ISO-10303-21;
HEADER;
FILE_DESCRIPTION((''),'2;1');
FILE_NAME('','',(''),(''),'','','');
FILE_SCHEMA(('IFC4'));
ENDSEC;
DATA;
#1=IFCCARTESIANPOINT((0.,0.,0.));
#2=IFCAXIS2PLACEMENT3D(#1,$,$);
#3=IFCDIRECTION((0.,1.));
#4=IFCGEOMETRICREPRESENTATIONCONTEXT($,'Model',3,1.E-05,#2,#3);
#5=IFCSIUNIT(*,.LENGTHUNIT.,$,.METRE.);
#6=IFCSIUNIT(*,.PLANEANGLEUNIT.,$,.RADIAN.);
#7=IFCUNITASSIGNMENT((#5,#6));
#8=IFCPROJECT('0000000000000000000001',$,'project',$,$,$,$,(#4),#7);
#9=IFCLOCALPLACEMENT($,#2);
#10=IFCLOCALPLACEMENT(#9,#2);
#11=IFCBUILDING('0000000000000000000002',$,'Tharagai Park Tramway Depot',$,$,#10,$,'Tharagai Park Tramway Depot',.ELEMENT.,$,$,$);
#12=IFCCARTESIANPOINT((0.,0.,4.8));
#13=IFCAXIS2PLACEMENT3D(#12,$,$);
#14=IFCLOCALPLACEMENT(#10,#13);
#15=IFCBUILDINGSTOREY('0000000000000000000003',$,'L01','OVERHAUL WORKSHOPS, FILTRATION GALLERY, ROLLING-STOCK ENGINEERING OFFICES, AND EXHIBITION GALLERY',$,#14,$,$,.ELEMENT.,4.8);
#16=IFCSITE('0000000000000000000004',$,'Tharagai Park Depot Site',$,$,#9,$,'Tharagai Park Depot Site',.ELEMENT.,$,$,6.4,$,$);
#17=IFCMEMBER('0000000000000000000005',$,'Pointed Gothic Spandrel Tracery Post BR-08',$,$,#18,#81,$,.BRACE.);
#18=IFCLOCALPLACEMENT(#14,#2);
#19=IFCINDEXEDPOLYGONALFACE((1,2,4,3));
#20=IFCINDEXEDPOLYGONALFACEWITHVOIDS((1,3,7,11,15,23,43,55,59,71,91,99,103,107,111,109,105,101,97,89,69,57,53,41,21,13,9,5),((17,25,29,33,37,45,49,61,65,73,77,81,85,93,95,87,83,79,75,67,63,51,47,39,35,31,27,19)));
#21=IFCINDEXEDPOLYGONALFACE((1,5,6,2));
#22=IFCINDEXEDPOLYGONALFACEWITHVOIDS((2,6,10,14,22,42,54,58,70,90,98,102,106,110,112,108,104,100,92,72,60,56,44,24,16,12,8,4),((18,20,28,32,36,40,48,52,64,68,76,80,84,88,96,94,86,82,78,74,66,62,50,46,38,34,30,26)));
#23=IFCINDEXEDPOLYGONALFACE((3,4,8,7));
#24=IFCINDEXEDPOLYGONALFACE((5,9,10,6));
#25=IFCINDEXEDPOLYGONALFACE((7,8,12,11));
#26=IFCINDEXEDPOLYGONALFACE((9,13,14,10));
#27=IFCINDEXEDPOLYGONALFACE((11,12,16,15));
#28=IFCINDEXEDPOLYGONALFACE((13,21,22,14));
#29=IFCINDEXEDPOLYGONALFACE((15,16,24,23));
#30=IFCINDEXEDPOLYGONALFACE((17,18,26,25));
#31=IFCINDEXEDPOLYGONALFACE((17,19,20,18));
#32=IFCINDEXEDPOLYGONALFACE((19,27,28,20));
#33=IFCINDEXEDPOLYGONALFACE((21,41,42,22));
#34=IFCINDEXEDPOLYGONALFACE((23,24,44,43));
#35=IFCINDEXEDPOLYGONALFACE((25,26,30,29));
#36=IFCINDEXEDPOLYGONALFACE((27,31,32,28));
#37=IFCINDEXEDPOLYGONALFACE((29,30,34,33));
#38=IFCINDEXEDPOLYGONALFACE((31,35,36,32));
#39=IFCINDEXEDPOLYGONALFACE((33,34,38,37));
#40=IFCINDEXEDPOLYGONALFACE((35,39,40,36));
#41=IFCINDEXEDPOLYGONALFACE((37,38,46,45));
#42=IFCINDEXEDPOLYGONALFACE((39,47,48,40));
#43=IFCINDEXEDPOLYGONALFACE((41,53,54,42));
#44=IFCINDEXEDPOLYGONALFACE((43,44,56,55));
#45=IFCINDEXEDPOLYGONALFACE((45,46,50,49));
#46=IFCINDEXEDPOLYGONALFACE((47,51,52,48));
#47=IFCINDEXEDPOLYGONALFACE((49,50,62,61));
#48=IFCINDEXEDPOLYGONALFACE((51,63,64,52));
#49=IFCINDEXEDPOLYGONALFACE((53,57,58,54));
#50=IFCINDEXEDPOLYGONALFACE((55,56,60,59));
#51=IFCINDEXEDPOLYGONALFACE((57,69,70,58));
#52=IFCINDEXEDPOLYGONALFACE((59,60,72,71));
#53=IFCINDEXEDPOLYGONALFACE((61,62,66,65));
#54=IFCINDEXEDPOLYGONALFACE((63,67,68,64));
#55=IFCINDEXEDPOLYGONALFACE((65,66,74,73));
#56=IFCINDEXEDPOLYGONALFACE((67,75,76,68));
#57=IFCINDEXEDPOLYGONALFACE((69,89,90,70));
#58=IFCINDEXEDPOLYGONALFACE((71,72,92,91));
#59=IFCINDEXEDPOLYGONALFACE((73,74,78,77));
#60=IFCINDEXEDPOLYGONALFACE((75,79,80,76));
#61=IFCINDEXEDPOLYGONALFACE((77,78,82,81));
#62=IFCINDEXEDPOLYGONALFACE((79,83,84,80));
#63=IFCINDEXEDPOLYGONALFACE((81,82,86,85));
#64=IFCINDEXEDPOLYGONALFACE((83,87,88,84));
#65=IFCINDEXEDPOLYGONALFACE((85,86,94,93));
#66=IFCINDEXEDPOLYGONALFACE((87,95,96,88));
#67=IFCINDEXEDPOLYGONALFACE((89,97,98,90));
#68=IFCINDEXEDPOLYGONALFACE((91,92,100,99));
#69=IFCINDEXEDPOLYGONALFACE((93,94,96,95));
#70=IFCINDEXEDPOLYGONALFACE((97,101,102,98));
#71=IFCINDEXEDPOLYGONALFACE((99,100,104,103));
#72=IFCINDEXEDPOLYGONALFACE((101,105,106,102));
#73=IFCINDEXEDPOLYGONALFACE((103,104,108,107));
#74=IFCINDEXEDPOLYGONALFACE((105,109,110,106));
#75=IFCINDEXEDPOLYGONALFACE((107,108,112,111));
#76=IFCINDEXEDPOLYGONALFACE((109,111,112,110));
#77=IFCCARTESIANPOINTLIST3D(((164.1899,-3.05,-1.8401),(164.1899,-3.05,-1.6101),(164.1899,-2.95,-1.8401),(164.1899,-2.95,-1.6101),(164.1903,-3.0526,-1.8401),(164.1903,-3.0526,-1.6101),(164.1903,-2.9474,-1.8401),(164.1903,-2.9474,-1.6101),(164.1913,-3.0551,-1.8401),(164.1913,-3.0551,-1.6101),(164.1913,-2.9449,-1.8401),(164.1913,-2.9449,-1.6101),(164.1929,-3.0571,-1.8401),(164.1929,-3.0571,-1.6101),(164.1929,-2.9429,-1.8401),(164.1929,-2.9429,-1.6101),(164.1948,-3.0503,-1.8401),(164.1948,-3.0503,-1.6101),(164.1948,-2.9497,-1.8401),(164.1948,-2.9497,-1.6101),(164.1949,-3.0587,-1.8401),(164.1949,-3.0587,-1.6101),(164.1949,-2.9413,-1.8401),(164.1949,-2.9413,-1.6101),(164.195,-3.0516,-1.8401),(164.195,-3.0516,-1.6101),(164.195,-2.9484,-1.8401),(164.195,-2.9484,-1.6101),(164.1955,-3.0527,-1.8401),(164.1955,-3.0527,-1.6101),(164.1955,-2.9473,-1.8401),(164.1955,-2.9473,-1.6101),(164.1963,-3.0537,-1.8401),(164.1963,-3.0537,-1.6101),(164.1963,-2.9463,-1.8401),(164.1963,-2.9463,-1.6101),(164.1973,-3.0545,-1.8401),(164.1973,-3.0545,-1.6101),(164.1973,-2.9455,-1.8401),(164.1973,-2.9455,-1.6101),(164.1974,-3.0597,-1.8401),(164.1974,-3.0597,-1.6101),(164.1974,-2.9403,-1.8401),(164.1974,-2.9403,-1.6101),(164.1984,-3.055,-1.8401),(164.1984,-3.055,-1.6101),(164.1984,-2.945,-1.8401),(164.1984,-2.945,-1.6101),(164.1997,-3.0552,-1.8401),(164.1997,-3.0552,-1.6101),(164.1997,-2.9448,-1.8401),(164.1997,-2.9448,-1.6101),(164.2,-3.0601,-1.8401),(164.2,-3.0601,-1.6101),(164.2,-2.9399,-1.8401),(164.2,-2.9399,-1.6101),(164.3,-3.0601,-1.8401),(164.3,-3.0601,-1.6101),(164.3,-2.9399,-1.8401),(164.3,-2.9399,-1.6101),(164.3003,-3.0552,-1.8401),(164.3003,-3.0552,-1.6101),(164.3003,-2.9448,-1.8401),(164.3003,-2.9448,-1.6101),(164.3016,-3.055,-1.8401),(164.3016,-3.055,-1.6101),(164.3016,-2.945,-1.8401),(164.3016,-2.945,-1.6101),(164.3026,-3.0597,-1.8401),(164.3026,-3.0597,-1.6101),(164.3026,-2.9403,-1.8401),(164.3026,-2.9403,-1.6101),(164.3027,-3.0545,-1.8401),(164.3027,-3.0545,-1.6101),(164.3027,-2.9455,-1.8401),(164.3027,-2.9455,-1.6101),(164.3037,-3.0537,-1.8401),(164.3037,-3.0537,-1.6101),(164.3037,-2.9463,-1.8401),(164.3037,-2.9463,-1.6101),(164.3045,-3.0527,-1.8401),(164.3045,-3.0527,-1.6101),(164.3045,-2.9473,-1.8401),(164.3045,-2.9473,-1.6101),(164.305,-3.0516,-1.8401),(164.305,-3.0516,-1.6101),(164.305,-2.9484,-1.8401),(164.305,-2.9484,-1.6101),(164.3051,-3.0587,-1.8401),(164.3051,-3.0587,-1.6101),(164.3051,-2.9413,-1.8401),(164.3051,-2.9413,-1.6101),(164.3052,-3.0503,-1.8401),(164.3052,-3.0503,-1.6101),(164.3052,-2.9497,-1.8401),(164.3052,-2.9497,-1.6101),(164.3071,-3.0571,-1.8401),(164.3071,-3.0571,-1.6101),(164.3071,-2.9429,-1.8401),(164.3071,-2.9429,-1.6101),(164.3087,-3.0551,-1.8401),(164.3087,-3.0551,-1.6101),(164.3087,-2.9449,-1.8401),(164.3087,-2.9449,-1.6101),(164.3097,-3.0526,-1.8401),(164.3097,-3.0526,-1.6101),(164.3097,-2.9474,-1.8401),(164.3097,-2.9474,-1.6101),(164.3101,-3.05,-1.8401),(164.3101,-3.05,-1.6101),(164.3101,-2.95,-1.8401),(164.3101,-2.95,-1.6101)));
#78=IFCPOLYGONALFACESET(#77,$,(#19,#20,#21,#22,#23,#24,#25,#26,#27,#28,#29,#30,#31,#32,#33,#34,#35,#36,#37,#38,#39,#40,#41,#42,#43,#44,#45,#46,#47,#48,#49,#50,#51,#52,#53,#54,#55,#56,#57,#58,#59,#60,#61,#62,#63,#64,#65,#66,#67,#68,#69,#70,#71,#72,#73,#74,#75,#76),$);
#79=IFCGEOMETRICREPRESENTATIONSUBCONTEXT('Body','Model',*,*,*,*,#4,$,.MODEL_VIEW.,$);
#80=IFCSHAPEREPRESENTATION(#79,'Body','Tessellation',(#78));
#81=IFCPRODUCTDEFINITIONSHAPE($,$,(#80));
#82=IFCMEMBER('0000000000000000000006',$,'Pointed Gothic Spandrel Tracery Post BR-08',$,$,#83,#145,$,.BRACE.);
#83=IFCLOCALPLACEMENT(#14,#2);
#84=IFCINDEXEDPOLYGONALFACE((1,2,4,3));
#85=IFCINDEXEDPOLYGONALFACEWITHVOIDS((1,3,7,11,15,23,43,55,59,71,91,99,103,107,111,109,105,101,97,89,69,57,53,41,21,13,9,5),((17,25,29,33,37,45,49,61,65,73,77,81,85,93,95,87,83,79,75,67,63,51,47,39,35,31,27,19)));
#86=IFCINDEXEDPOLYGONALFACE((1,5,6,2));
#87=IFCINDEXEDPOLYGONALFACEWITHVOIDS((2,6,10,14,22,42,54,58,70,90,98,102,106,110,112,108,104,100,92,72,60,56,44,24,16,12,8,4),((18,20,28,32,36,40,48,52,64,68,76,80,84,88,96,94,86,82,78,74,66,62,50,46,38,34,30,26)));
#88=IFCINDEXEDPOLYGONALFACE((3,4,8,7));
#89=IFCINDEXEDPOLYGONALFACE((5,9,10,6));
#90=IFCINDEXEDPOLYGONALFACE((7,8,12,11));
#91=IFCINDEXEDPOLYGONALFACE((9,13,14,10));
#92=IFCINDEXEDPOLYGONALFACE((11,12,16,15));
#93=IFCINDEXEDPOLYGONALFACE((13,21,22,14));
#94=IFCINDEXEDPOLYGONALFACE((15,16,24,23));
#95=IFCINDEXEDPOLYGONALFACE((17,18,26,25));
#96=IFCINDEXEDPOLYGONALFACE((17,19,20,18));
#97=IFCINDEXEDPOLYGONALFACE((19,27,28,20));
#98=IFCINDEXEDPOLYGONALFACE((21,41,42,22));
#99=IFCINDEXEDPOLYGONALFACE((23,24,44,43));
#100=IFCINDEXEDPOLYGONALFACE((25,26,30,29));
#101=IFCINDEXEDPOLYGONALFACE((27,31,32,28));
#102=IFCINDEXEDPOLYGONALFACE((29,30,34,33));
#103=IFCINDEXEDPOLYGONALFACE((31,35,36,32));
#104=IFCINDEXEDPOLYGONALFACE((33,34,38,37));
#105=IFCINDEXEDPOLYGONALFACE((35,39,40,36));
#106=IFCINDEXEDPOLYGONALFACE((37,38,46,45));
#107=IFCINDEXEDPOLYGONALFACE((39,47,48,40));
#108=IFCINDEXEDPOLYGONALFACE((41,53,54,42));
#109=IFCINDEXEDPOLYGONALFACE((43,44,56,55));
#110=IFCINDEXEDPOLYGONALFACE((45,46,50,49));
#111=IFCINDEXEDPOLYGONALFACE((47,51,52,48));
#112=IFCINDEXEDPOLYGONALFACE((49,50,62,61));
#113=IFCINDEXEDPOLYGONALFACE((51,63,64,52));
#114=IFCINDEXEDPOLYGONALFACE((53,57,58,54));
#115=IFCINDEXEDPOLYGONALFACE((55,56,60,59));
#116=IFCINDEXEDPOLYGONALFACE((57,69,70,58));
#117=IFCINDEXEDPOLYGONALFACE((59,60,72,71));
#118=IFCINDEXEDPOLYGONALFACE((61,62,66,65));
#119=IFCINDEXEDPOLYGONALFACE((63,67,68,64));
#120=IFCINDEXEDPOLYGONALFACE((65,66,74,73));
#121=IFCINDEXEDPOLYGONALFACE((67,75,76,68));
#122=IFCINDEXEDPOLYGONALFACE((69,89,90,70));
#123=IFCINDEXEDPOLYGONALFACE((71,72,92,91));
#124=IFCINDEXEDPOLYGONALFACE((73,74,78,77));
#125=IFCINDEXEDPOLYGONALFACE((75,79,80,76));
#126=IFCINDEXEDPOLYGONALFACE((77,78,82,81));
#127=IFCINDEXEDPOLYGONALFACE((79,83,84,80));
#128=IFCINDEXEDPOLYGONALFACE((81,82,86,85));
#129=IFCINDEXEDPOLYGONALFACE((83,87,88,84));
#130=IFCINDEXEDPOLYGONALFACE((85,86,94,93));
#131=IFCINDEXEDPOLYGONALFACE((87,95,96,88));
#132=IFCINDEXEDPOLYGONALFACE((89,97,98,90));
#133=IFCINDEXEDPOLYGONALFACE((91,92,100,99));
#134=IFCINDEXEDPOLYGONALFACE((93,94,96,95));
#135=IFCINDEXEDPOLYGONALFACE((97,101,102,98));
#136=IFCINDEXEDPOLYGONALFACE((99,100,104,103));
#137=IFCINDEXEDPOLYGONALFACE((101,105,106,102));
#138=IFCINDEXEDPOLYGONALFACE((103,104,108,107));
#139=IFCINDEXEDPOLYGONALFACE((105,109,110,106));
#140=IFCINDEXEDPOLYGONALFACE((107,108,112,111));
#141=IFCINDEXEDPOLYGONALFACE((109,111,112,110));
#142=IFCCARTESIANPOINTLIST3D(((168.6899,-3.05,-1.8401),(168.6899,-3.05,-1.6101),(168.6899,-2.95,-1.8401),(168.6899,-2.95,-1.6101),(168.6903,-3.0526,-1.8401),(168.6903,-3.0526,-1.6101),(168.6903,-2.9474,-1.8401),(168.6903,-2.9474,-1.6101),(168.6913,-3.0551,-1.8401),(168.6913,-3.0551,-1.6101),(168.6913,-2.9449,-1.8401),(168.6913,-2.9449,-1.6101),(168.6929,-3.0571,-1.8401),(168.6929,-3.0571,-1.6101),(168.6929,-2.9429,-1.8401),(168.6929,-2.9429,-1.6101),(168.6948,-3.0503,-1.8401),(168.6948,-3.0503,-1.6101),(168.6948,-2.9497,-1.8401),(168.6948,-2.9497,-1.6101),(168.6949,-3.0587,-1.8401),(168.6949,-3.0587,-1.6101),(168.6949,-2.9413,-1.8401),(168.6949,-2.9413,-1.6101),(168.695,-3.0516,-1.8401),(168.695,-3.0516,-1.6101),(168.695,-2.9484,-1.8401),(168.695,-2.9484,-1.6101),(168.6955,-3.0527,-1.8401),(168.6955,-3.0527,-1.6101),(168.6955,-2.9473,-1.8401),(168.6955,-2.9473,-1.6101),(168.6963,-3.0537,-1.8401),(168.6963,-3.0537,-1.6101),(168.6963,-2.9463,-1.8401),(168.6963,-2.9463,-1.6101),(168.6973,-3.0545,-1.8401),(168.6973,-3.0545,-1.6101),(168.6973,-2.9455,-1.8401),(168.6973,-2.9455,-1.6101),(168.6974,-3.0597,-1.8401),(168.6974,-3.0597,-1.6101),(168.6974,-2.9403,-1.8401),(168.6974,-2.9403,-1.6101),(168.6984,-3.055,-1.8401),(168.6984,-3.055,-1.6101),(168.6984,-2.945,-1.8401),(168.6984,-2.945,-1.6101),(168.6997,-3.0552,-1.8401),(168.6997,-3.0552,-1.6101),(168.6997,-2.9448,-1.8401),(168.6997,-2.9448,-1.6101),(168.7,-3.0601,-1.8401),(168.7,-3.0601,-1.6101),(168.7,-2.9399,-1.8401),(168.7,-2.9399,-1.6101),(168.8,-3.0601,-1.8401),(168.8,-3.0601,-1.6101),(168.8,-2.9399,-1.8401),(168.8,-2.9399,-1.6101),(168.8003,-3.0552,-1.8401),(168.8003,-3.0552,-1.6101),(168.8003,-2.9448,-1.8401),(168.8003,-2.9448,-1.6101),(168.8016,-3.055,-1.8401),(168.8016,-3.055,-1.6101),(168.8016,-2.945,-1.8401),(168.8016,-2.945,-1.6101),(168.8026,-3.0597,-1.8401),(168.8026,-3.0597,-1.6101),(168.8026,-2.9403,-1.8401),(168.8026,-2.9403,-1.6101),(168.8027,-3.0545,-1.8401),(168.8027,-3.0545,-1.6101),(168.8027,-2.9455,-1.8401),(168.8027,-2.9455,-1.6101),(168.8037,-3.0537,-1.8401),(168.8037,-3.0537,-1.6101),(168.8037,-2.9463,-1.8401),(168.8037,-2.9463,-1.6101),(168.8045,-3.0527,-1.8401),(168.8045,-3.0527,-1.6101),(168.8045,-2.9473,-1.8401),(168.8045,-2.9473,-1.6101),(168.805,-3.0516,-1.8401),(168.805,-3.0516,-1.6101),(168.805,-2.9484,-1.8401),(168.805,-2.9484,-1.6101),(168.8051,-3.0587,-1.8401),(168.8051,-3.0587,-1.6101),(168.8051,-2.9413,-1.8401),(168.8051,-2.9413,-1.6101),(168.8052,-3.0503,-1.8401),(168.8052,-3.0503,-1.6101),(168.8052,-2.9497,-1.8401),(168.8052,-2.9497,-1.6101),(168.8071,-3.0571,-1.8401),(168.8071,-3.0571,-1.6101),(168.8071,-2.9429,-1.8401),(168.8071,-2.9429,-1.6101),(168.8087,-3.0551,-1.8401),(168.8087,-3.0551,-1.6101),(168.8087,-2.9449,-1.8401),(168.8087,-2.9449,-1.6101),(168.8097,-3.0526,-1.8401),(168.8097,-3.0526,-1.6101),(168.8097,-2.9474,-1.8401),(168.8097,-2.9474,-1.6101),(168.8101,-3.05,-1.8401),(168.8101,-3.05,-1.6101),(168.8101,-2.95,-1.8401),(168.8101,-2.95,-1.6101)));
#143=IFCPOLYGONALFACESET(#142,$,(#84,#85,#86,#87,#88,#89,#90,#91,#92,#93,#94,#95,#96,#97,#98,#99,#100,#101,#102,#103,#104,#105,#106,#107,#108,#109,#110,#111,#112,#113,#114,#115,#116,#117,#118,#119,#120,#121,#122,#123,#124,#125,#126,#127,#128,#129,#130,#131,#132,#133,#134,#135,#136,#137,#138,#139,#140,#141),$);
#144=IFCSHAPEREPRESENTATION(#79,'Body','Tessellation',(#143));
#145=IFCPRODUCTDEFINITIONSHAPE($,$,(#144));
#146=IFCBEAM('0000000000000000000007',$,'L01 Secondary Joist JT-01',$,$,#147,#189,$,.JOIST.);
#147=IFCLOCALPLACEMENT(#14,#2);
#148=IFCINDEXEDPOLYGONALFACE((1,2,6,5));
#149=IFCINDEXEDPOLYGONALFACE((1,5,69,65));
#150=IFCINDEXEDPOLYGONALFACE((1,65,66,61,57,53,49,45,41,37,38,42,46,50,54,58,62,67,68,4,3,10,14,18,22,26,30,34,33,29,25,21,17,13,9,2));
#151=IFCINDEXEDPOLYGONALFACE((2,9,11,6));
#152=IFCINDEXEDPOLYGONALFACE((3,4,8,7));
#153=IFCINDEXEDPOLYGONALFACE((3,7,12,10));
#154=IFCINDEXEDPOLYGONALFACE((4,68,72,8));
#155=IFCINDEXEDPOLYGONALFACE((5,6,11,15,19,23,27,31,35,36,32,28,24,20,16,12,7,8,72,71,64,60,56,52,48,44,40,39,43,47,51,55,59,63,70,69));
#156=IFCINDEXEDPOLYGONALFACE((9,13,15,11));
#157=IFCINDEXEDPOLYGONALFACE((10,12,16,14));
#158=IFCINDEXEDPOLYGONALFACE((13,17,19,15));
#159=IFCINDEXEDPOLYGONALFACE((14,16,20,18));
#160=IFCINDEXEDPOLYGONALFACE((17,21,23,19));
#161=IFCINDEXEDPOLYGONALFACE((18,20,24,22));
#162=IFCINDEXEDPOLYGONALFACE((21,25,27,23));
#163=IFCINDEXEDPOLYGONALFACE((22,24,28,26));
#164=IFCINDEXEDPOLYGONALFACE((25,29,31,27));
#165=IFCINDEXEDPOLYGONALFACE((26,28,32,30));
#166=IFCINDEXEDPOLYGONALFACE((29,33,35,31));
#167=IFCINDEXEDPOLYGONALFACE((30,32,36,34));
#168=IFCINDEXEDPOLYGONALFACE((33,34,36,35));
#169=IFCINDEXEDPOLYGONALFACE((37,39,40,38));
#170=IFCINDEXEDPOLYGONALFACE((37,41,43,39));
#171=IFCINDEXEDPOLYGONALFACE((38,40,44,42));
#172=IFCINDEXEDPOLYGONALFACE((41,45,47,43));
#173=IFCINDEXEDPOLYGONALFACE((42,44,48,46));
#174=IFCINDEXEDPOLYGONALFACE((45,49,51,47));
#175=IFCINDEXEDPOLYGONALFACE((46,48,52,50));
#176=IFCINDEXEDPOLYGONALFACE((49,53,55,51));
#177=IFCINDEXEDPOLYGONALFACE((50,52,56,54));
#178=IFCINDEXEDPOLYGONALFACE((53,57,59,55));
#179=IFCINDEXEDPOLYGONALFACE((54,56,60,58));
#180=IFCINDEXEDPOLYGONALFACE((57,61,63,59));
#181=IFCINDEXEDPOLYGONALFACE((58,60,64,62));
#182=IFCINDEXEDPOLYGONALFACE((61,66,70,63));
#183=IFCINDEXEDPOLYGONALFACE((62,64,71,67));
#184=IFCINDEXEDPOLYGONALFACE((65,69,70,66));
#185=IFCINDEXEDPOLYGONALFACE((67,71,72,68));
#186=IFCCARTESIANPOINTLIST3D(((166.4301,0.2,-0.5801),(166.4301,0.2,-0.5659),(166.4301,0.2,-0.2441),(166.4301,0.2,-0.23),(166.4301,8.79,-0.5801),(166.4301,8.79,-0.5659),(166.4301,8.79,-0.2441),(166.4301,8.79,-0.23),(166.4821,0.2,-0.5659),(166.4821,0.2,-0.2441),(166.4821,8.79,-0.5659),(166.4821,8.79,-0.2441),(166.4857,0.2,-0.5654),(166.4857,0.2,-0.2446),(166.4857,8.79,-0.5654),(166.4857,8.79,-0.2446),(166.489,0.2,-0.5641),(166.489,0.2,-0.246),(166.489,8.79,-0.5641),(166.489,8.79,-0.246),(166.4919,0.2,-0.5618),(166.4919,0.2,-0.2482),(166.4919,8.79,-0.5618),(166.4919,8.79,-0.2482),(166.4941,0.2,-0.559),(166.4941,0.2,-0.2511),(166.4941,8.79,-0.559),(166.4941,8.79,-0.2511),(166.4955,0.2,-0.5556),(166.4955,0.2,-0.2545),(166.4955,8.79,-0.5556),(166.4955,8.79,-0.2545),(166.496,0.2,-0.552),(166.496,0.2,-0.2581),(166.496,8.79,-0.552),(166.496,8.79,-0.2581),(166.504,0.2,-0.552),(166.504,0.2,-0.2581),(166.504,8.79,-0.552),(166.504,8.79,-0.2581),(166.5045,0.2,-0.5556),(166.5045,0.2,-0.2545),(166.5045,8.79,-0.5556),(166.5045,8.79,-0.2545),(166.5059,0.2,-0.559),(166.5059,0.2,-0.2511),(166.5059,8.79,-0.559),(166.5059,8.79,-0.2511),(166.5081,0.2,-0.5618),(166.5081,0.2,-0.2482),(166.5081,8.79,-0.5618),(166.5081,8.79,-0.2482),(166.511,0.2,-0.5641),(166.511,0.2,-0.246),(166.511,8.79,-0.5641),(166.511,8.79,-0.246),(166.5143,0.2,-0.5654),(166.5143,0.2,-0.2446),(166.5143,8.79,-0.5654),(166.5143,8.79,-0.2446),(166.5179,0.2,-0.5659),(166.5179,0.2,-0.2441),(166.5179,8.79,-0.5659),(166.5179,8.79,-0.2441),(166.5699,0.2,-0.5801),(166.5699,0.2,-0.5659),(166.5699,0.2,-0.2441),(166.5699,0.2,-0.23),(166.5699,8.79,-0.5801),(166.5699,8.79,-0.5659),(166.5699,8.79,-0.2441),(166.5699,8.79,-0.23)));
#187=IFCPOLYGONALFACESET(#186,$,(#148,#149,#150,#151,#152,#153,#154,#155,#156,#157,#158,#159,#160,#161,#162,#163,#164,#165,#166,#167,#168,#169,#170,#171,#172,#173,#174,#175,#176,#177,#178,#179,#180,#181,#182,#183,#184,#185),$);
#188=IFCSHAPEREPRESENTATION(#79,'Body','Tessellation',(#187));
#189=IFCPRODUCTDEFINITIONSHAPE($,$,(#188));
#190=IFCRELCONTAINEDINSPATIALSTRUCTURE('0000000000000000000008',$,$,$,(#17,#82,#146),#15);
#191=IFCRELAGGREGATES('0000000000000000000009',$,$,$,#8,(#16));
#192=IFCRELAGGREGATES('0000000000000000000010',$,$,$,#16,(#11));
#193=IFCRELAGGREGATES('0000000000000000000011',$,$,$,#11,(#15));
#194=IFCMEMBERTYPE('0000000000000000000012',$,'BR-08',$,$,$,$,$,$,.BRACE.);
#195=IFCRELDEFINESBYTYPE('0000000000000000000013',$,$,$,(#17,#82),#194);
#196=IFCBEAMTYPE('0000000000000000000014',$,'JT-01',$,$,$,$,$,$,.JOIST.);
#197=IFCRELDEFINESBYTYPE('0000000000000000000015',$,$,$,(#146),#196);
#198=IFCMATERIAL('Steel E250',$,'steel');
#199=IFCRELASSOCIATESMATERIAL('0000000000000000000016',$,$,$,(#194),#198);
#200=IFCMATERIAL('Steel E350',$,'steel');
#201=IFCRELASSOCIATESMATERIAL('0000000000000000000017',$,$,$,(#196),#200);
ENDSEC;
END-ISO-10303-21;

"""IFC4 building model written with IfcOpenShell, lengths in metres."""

from ifc_helpers import new_model, si_unit, direction, frame, origin, origin_2d, place, context, subcontext, project, spatial, hollow_rectangle, i_section, extrude, material, material_profile, profile_set, type_object, element, save


model = new_model("IFC4")

# Units and contexts
model_context = context("Model", 3, precision=1e-05, world=origin(), true_north=direction((0.0, 1.0)))
body_context = subcontext(model_context, "Body", "Model", "MODEL_VIEW")
ifc_project = project(units=[si_unit("LENGTHUNIT", "METRE"), si_unit("PLANEANGLEUNIT", "RADIAN")], contexts=[model_context])

# Site, building, storey
site_placement = place(None, origin())
site = spatial("IfcSite", under=ifc_project, at=site_placement, Name="Tharagai Park Depot Site", LongName="Tharagai Park Depot Site", CompositionType="ELEMENT", RefElevation=6.4)
building_placement = place(site_placement, origin())
building = spatial("IfcBuilding", under=site, at=building_placement, Name="Tharagai Park Tramway Depot", LongName="Tharagai Park Tramway Depot", CompositionType="ELEMENT")
storey_placement = place(building_placement, frame((0.0, 0.0, 4.8)))
storey = spatial("IfcBuildingStorey", under=building, at=storey_placement, Name="L01", Description="OVERHAUL WORKSHOPS, FILTRATION GALLERY, ROLLING-STOCK ENGINEERING OFFICES, AND EXHIBITION GALLERY", CompositionType="ELEMENT", Elevation=4.8)

# Members
ifc_material_1 = material(Name="Steel E250", Category="steel")
ifc_material_profile_1 = material_profile(ifc_material_1, hollow_rectangle(XDim=0.1201, YDim=0.1201, WallThickness=0.0049, InnerFilletRadius=0.0049, OuterFilletRadius=0.01, at=origin_2d()), Name="SHS 120x120x5")
ifc_profile_set_1 = profile_set([ifc_material_profile_1], Name="Steel E250")
member_type_1 = type_object("IfcMemberType", Name="BR-08", PredefinedType="BRACE", material=ifc_profile_set_1)
for number, where, z_axis, x_axis, name in (
    (1, (164.25, -3.0, -1.8401), (0.0, 0.0, 1.0), (1.0, 0.0, 0.0), "Pointed Gothic Spandrel Tracery Post BR-08"),
    (2, (168.75, -3.0, -1.8401), (0.0, 0.0, 1.0), (1.0, 0.0, 0.0), "Pointed Gothic Spandrel Tracery Post BR-08"),
):
    element("IfcMember", number, at=place(storey_placement, frame(where, z_axis=z_axis, x_axis=x_axis)), inside=storey, type_object=member_type_1, Name=name, PredefinedType="BRACE", context=body_context, shape_type="SweptSolid", body=[
        extrude(hollow_rectangle(XDim=0.1201, YDim=0.1201, WallThickness=0.0049, InnerFilletRadius=0.0049, OuterFilletRadius=0.01, at=origin_2d()), origin(), (0.0, 0.0, 1.0), 0.23),
    ])

# Beam
ifc_material_2 = material(Name="Steel E350", Category="steel")
ifc_material_profile_2 = material_profile(ifc_material_2, i_section(OverallWidth=0.1399, OverallDepth=0.3501, WebThickness=0.0081, FlangeThickness=0.0142, FilletRadius=0.0139, at=origin_2d()), Name="ISMB 350")
ifc_profile_set_2 = profile_set([ifc_material_profile_2], Name="Steel E350")
beam_type_1 = type_object("IfcBeamType", Name="JT-01", PredefinedType="JOIST", material=ifc_profile_set_2)
beam_1_placement = place(storey_placement, frame((166.5, 0.2, -0.405), z_axis=(0.0, 1.0, 0.0), x_axis=(-1.0, 0.0, 0.0)))
element("IfcBeam", 3, at=beam_1_placement, inside=storey, type_object=beam_type_1, Name="L01 Secondary Joist JT-01", PredefinedType="JOIST", context=body_context, shape_type="SweptSolid", body=[
    extrude(i_section(OverallWidth=0.1399, OverallDepth=0.3501, WebThickness=0.0081, FlangeThickness=0.0142, FilletRadius=0.0139, at=origin_2d()), origin(), (0.0, 0.0, 1.0), 8.5901),
])

save(model, "model.ifc")
